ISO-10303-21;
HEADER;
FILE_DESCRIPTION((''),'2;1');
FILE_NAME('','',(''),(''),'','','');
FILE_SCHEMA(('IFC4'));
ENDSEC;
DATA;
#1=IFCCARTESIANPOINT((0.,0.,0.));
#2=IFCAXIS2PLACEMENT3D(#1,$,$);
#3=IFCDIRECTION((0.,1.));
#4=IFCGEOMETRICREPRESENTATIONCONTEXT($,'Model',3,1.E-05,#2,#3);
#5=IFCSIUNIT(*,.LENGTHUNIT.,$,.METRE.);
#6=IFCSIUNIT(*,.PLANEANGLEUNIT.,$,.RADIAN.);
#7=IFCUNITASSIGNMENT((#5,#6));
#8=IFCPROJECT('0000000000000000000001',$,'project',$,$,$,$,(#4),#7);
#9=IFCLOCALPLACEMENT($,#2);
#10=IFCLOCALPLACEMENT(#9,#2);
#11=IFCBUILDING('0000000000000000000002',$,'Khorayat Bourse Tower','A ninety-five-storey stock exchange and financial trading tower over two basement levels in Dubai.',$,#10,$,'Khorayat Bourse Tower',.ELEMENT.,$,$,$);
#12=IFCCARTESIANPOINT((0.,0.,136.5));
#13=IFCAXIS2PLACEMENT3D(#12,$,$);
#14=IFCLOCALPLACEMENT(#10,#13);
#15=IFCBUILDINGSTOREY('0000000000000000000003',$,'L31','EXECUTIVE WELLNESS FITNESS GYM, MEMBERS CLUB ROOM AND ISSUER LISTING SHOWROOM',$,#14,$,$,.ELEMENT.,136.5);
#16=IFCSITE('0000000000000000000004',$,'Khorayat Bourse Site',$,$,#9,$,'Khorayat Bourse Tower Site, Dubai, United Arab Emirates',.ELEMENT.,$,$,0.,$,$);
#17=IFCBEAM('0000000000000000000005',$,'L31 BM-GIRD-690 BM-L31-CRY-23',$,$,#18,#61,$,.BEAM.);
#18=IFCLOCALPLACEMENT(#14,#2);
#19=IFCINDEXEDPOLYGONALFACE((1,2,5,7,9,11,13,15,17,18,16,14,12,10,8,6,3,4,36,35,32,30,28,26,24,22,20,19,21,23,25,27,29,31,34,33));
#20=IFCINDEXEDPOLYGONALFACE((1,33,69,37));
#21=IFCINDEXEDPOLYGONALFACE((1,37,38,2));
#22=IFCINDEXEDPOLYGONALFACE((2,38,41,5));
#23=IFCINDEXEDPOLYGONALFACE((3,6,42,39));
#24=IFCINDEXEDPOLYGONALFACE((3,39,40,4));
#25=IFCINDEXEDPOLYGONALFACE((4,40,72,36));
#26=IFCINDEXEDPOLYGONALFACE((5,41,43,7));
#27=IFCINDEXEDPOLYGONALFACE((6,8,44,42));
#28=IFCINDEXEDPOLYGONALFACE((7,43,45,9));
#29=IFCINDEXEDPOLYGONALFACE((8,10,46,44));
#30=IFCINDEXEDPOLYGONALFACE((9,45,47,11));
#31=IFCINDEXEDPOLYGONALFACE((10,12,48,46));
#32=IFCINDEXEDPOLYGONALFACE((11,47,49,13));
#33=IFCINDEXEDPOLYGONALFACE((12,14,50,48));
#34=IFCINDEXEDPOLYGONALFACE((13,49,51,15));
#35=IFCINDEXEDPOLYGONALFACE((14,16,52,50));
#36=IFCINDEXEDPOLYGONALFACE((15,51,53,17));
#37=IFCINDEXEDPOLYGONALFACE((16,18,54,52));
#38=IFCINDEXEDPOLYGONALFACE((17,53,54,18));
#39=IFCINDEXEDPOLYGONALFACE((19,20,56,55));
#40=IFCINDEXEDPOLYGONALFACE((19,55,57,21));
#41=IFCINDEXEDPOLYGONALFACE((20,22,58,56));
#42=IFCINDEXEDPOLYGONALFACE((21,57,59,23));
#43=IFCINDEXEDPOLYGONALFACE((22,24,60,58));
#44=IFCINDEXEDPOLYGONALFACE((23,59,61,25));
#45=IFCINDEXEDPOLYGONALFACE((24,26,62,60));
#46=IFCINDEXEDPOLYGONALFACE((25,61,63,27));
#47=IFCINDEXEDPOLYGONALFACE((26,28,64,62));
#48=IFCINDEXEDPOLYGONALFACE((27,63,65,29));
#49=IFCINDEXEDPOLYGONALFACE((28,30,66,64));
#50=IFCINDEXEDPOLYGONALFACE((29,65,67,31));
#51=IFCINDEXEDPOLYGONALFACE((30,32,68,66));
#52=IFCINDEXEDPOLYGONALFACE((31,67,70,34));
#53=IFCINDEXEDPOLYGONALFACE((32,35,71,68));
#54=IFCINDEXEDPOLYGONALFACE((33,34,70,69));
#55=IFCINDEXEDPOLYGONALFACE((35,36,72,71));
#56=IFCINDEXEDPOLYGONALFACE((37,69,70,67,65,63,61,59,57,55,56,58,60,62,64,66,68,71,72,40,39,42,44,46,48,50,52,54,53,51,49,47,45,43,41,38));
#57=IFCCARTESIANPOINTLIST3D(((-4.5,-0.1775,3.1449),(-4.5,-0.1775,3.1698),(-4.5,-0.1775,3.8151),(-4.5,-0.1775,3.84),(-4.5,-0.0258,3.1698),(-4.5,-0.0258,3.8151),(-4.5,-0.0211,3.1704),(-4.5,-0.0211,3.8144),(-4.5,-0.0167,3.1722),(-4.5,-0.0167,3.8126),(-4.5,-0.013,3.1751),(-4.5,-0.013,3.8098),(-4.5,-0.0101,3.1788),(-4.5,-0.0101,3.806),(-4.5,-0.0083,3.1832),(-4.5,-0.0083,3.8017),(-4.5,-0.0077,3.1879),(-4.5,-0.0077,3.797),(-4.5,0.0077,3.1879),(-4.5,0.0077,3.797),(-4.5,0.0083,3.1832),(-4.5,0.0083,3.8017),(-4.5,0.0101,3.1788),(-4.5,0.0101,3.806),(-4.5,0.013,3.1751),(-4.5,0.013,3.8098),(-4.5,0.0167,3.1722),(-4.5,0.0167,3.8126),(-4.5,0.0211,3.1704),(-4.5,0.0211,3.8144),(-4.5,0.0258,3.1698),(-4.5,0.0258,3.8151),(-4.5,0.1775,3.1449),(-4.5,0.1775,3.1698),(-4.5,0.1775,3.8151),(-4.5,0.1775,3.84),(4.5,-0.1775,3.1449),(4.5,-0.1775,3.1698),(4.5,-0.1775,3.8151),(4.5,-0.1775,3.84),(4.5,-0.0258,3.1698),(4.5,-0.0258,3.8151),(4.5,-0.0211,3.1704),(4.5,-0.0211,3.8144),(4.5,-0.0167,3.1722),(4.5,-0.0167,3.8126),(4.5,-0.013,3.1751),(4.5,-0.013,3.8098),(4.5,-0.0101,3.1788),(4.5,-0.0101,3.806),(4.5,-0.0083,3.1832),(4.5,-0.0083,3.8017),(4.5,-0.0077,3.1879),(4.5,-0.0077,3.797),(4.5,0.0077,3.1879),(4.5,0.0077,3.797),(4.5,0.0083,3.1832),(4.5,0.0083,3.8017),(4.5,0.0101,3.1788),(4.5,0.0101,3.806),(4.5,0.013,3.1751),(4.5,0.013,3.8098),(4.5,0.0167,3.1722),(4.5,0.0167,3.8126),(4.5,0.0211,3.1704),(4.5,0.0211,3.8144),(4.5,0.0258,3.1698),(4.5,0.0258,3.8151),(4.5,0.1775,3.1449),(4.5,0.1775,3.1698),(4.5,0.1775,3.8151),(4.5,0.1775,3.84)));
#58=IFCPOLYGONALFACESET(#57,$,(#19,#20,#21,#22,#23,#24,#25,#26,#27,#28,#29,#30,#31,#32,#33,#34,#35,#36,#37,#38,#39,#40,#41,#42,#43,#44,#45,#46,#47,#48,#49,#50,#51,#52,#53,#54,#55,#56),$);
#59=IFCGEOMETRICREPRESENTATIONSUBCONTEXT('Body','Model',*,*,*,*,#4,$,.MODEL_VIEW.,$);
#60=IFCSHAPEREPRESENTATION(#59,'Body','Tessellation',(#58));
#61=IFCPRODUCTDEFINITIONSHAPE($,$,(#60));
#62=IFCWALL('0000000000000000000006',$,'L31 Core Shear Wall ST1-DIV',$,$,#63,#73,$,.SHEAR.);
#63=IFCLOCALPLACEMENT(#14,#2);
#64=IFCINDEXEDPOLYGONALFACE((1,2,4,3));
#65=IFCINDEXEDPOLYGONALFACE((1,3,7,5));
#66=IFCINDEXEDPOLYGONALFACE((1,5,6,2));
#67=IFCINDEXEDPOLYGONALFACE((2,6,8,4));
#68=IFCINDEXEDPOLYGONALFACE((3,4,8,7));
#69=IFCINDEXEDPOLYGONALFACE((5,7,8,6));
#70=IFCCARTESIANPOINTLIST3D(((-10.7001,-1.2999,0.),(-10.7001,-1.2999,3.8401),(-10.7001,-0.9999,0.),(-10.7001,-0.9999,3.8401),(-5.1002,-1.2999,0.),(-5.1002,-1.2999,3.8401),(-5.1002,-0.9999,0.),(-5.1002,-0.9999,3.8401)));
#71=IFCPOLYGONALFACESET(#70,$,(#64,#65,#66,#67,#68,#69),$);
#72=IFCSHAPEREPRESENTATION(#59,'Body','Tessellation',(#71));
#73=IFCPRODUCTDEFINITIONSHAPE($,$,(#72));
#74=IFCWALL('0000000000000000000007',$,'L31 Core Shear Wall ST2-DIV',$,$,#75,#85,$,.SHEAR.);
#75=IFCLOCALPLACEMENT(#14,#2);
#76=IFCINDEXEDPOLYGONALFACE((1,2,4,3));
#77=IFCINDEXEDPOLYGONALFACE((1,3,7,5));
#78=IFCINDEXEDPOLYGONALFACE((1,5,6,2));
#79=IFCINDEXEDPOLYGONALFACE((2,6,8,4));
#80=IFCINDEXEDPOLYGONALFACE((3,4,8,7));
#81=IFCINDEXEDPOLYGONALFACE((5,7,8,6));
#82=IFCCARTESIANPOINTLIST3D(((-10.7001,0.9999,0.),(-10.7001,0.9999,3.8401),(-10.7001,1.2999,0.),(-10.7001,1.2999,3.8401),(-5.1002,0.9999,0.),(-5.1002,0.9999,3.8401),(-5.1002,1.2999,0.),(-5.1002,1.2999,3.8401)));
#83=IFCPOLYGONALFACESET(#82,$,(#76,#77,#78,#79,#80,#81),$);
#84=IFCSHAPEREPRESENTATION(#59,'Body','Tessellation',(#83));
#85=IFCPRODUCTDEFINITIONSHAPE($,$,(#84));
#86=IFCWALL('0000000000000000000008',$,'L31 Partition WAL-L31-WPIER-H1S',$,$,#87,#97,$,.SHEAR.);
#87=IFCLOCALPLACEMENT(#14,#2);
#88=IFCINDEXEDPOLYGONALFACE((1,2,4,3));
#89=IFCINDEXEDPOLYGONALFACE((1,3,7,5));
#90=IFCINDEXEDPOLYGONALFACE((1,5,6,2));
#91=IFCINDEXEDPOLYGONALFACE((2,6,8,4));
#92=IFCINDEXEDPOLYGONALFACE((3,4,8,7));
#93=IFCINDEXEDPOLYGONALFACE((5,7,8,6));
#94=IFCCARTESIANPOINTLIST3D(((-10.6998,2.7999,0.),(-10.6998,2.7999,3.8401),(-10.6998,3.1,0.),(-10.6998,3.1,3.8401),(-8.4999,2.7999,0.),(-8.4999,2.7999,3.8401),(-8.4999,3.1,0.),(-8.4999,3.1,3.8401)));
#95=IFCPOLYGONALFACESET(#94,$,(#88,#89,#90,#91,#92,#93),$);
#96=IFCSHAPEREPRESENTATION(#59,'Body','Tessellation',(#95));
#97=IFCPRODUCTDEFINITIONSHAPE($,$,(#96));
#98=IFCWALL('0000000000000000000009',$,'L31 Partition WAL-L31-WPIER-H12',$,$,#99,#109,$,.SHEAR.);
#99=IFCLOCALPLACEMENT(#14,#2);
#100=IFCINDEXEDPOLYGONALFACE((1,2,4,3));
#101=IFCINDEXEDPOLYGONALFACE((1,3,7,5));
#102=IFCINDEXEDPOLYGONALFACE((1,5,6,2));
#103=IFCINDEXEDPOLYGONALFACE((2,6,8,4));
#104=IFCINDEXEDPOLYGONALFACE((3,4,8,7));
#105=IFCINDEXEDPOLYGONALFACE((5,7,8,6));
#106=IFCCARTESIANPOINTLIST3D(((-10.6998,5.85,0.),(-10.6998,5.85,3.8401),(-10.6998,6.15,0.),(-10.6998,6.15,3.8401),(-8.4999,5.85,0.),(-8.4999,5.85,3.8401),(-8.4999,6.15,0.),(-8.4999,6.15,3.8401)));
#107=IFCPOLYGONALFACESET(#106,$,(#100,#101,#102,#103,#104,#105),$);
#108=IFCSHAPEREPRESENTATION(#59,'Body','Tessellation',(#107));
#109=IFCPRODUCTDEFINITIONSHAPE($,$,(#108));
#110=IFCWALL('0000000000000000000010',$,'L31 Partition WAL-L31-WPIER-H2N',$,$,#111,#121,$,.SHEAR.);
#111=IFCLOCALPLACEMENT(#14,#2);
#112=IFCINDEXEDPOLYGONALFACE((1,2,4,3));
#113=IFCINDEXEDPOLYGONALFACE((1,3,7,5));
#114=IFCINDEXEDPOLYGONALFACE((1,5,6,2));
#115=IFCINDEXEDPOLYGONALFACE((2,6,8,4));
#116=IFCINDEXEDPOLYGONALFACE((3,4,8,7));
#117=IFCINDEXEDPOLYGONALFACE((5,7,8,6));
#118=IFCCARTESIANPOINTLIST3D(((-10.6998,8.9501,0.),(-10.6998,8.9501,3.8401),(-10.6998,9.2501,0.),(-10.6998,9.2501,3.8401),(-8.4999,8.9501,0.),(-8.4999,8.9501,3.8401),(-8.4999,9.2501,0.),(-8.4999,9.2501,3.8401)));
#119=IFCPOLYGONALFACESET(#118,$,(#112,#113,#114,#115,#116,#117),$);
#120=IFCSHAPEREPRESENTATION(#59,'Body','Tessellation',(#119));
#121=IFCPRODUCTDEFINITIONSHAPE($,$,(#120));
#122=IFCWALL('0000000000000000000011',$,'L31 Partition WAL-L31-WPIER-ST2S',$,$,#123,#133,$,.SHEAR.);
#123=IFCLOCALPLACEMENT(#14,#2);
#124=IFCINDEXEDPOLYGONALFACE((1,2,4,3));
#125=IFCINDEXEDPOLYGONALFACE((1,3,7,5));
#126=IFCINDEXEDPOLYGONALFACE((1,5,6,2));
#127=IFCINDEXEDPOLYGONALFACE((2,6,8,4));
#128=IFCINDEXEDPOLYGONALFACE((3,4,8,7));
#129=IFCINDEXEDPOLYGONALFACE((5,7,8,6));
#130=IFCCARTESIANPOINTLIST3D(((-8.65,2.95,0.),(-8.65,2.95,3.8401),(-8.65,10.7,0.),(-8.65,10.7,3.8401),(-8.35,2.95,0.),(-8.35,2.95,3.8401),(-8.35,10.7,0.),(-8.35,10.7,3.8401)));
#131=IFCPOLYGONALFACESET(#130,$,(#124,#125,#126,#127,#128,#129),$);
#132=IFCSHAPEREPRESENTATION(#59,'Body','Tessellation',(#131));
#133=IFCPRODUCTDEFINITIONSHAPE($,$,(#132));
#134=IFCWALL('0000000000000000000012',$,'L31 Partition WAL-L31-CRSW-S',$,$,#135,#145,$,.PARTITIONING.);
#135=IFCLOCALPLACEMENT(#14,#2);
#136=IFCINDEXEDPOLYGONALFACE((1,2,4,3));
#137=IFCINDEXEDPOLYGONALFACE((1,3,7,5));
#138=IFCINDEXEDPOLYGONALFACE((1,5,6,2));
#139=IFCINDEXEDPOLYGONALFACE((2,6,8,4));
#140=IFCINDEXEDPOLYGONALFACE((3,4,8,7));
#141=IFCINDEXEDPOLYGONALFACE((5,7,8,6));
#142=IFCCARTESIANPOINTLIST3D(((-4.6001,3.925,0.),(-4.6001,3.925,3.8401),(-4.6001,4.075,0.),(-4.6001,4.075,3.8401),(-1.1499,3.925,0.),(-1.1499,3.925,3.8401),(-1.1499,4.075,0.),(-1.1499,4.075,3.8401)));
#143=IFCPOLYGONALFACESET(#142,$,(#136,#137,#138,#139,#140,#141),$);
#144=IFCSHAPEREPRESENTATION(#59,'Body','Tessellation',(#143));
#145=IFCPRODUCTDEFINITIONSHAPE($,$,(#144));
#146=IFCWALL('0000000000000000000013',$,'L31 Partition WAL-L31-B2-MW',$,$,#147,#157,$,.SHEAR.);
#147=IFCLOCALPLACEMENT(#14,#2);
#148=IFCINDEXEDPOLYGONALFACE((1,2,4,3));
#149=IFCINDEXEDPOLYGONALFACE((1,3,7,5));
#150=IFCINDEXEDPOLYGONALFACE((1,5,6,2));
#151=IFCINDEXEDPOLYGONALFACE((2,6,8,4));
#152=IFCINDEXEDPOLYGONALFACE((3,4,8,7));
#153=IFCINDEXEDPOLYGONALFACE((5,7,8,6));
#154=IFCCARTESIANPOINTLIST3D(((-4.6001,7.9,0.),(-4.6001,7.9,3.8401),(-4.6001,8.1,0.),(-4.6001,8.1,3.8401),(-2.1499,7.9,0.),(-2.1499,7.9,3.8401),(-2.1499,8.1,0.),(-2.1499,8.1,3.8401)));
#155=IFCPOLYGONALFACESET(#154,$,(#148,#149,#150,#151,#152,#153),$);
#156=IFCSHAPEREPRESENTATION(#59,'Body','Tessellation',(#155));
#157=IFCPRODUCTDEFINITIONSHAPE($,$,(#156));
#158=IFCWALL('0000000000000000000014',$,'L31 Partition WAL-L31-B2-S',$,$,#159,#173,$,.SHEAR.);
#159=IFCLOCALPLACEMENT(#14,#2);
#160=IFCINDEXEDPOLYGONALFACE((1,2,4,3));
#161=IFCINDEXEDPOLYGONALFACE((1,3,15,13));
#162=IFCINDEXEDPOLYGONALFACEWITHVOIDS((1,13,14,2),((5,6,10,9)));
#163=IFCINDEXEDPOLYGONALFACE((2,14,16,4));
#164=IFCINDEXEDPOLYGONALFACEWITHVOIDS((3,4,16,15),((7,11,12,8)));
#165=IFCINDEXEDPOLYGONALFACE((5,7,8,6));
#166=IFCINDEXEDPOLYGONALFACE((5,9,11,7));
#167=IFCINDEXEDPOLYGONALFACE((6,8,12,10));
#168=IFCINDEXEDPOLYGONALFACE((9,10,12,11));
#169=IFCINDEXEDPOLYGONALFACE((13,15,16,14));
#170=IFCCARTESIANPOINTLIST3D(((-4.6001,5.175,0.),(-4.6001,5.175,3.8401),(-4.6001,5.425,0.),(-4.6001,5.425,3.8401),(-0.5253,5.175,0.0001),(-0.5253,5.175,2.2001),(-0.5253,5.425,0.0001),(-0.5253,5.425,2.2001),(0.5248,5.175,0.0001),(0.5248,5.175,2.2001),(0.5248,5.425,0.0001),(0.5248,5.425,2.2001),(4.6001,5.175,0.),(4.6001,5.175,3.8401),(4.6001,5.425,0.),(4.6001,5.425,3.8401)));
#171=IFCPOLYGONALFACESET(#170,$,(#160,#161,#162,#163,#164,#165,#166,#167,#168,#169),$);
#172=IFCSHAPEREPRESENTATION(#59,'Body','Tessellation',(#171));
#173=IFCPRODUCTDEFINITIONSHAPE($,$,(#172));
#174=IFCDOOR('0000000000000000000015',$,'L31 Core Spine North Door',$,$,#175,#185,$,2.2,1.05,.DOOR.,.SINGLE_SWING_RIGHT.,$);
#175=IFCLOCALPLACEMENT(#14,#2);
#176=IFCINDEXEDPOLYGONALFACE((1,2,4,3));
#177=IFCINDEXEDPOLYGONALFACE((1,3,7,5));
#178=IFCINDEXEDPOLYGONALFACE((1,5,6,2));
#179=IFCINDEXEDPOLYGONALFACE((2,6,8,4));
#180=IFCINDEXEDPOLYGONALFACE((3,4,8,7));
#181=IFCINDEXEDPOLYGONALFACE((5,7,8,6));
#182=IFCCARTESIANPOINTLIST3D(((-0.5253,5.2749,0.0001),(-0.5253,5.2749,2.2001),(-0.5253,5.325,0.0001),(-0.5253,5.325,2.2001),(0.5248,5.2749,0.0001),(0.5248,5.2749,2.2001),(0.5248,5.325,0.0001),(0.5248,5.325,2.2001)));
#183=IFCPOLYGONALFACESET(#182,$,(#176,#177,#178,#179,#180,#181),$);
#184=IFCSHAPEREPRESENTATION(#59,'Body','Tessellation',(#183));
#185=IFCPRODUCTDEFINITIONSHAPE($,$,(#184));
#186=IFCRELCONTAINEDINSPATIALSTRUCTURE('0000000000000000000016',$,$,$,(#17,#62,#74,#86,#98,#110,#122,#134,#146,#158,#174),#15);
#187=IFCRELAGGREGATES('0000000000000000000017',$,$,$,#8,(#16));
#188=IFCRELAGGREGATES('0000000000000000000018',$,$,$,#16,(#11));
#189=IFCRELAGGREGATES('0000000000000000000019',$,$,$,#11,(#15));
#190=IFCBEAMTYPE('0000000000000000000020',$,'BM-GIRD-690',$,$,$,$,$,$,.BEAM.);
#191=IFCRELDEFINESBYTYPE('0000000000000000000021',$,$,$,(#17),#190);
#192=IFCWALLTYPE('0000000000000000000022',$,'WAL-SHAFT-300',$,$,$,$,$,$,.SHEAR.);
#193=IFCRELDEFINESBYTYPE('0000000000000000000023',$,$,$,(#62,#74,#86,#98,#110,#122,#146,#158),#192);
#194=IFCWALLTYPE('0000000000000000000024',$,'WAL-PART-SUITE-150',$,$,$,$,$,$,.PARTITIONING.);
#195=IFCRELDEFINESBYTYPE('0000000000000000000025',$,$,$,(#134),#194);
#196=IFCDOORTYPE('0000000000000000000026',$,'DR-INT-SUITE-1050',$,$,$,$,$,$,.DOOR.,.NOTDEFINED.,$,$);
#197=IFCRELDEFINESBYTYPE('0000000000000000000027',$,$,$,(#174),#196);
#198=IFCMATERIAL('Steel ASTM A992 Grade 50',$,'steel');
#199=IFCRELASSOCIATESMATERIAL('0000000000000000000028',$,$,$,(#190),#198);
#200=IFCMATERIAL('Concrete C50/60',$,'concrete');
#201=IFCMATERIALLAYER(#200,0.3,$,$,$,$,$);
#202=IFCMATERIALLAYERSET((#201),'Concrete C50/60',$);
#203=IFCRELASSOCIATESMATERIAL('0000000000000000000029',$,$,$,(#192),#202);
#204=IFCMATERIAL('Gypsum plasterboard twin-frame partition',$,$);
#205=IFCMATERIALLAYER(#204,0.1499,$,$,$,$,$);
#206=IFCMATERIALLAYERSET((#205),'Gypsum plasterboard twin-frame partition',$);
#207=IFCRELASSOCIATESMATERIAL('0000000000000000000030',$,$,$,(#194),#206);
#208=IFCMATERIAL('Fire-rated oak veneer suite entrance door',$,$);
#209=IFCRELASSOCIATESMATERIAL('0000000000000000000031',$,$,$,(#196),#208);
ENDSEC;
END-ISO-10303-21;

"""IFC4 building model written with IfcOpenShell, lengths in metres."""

from ifc_helpers import new_model, si_unit, direction, frame, frame_2d, origin, origin_2d, place, context, subcontext, project, spatial, rectangle, i_section, extrude, source, transform, mapped, material, layer, layer_set, material_profile, profile_set, type_object, element, fill, save


model = new_model("IFC4")

# Units and contexts
model_context = context("Model", 3, precision=1e-05, world=origin(), true_north=direction((0.0, 1.0)))
body_context = subcontext(model_context, "Body", "Model", "MODEL_VIEW")
ifc_project = project(units=[si_unit("LENGTHUNIT", "METRE"), si_unit("PLANEANGLEUNIT", "RADIAN")], contexts=[model_context])

# Site, building, storey
site_placement = place(None, origin())
site = spatial("IfcSite", under=ifc_project, at=site_placement, Name="Khorayat Bourse Site", LongName="Khorayat Bourse Tower Site, Dubai, United Arab Emirates", CompositionType="ELEMENT", RefElevation=0.0)
building_placement = place(site_placement, origin())
building = spatial("IfcBuilding", under=site, at=building_placement, Name="Khorayat Bourse Tower", Description="A ninety-five-storey stock exchange and financial trading tower over two basement levels in Dubai.", LongName="Khorayat Bourse Tower", CompositionType="ELEMENT")
storey_placement = place(building_placement, frame((0.0, 0.0, 136.5)))
storey = spatial("IfcBuildingStorey", under=building, at=storey_placement, Name="L31", Description="EXECUTIVE WELLNESS FITNESS GYM, MEMBERS CLUB ROOM AND ISSUER LISTING SHOWROOM", CompositionType="ELEMENT", Elevation=136.5)

# Beam
ifc_material_1 = material(Name="Steel ASTM A992 Grade 50", Category="steel")
ifc_material_profile_1 = material_profile(ifc_material_1, i_section(OverallWidth=0.355, OverallDepth=0.6951, WebThickness=0.0154, FlangeThickness=0.0249, FilletRadius=0.0181, at=origin_2d()), Name="W690X217")
ifc_profile_set_1 = profile_set([ifc_material_profile_1], Name="Steel ASTM A992 Grade 50")
beam_type_1 = type_object("IfcBeamType", Name="BM-GIRD-690", PredefinedType="BEAM", material=ifc_profile_set_1)
shared_shape_1 = source(origin(), body_context, "Body", "SweptSolid", [
    extrude(i_section(OverallWidth=0.355, OverallDepth=0.6951, WebThickness=0.0154, FlangeThickness=0.0249, FilletRadius=0.0181, at=origin_2d()), origin(), (0.0, 0.0, 1.0), 9.0),
])
beam_1_placement = place(storey_placement, frame((-4.5, 0.0, 3.4924), z_axis=(1.0, 0.0, 0.0), x_axis=(0.0, 1.0, 0.0)))
element("IfcBeam", 1, at=beam_1_placement, inside=storey, type_object=beam_type_1, Name="L31 BM-GIRD-690 BM-L31-CRY-23", PredefinedType="BEAM", context=body_context, shape_type="MappedRepresentation", body=[
    mapped(shared_shape_1, transform((0.0, 0.0, 0.0), scale=1.0)),
])

# Walls
ifc_material_2 = material(Name="Concrete C50/60", Category="concrete")
ifc_layer_1 = layer(ifc_material_2, 0.3)
ifc_layer_set_1 = layer_set([ifc_layer_1], Name="Concrete C50/60")
wall_type_1 = type_object("IfcWallType", Name="WAL-SHAFT-300", PredefinedType="SHEAR", material=ifc_layer_set_1)
shared_shape_2 = source(origin(), body_context, "Body", "SweptSolid", [
    extrude(rectangle(XDim=5.5999, YDim=0.3, at=frame_2d((2.7998, 0.0))), origin(), (0.0, 0.0, 1.0), 3.8401),
])
for number, where, z_axis, x_axis, name in (
    (2, (-10.7, -1.1499, 0.0), (0.0, 0.0, 1.0), (1.0, 0.0, 0.0), "L31 Core Shear Wall ST1-DIV"),
    (3, (-10.7, 1.1499, 0.0), (0.0, 0.0, 1.0), (1.0, 0.0, 0.0), "L31 Core Shear Wall ST2-DIV"),
):
    element("IfcWall", number, at=place(storey_placement, frame(where, z_axis=z_axis, x_axis=x_axis)), inside=storey, type_object=wall_type_1, Name=name, PredefinedType="SHEAR", context=body_context, shape_type="MappedRepresentation", body=[
        mapped(shared_shape_2, transform((0.0, 0.0, 0.0), scale=1.0)),
    ])
shared_shape_3 = source(origin(), body_context, "Body", "SweptSolid", [
    extrude(rectangle(XDim=2.2, YDim=0.3, at=frame_2d((1.1001, 0.0))), origin(), (0.0, 0.0, 1.0), 3.8401),
])
for number, where, z_axis, x_axis, name in (
    (4, (-10.7, 2.95, 0.0), (0.0, 0.0, 1.0), (1.0, 0.0, 0.0), "L31 Partition WAL-L31-WPIER-H1S"),
    (5, (-10.7, 6.0, 0.0), (0.0, 0.0, 1.0), (1.0, 0.0, 0.0), "L31 Partition WAL-L31-WPIER-H12"),
    (6, (-10.7, 9.1001, 0.0), (0.0, 0.0, 1.0), (1.0, 0.0, 0.0), "L31 Partition WAL-L31-WPIER-H2N"),
):
    element("IfcWall", number, at=place(storey_placement, frame(where, z_axis=z_axis, x_axis=x_axis)), inside=storey, type_object=wall_type_1, Name=name, PredefinedType="SHEAR", context=body_context, shape_type="MappedRepresentation", body=[
        mapped(shared_shape_3, transform((0.0, 0.0, 0.0), scale=1.0)),
    ])
shared_shape_4 = source(origin(), body_context, "Body", "SweptSolid", [
    extrude(rectangle(XDim=7.75, YDim=0.3, at=frame_2d((3.875, 0.0))), origin(), (0.0, 0.0, 1.0), 3.8401),
])
wall_1_placement = place(storey_placement, frame((-8.5, 2.95, 0.0), z_axis=(0.0, 0.0, 1.0), x_axis=(0.0, 1.0, 0.0)))
element("IfcWall", 7, at=wall_1_placement, inside=storey, type_object=wall_type_1, Name="L31 Partition WAL-L31-WPIER-ST2S", PredefinedType="SHEAR", context=body_context, shape_type="MappedRepresentation", body=[
    mapped(shared_shape_4, transform((0.0, 0.0, 0.0), scale=1.0)),
])
ifc_material_3 = material(Name="Gypsum plasterboard twin-frame partition")
ifc_layer_2 = layer(ifc_material_3, 0.1499)
ifc_layer_set_2 = layer_set([ifc_layer_2], Name="Gypsum plasterboard twin-frame partition")
wall_type_2 = type_object("IfcWallType", Name="WAL-PART-SUITE-150", PredefinedType="PARTITIONING", material=ifc_layer_set_2)
shared_shape_5 = source(origin(), body_context, "Body", "SweptSolid", [
    extrude(rectangle(XDim=3.4502, YDim=0.1499, at=frame_2d((1.7251, 0.0))), origin(), (0.0, 0.0, 1.0), 3.8401),
])
wall_2_placement = place(storey_placement, frame((-4.6001, 4.0, 0.0), z_axis=(0.0, 0.0, 1.0), x_axis=(1.0, 0.0, 0.0)))
element("IfcWall", 8, at=wall_2_placement, inside=storey, type_object=wall_type_2, Name="L31 Partition WAL-L31-CRSW-S", PredefinedType="PARTITIONING", context=body_context, shape_type="MappedRepresentation", body=[
    mapped(shared_shape_5, transform((0.0, 0.0, 0.0), scale=1.0)),
])
shared_shape_6 = source(origin(), body_context, "Body", "SweptSolid", [
    extrude(rectangle(XDim=2.4502, YDim=0.2, at=frame_2d((1.2251, 0.0))), origin(), (0.0, 0.0, 1.0), 3.8401),
])
wall_3_placement = place(storey_placement, frame((-4.6001, 8.0, 0.0), z_axis=(0.0, 0.0, 1.0), x_axis=(1.0, 0.0, 0.0)))
element("IfcWall", 9, at=wall_3_placement, inside=storey, type_object=wall_type_1, Name="L31 Partition WAL-L31-B2-MW", PredefinedType="SHEAR", context=body_context, shape_type="MappedRepresentation", body=[
    mapped(shared_shape_6, transform((0.0, 0.0, 0.0), scale=1.0)),
])

# Wall, opening, door
shared_shape_7 = source(origin(), body_context, "Body", "SweptSolid", [
    extrude(rectangle(XDim=9.2002, YDim=0.25, at=frame_2d((4.6001, 0.0))), origin(), (0.0, 0.0, 1.0), 3.8401),
])
wall_4_placement = place(storey_placement, frame((-4.6001, 5.3, 0.0), z_axis=(0.0, 0.0, 1.0), x_axis=(1.0, 0.0, 0.0)))
wall_4 = element("IfcWall", 10, at=wall_4_placement, inside=storey, type_object=wall_type_1, Name="L31 Partition WAL-L31-B2-S", PredefinedType="SHEAR", context=body_context, shape_type="MappedRepresentation", body=[
    mapped(shared_shape_7, transform((0.0, 0.0, 0.0), scale=1.0)),
])
shared_shape_8 = source(origin(), body_context, "Body", "SweptSolid", [
    extrude(rectangle(XDim=1.05, YDim=2.2, at=frame_2d((0.5249, 1.1001))), frame((0.0, 0.135, 0.0), z_axis=(0.0, -1.0, 0.0), x_axis=(1.0, 0.0, 0.0)), (0.0, 0.0, 1.0), 0.27),
])
opening_placement = place(wall_4_placement, frame((4.075, 0.0, 0.0)))
opening = element("IfcOpeningElement", 11, at=opening_placement, cuts=wall_4, PredefinedType="OPENING", context=body_context, shape_type="MappedRepresentation", body=[
    mapped(shared_shape_8, transform((0.0, 0.0, 0.0), scale=1.0)),
])
ifc_material_4 = material(Name="Fire-rated oak veneer suite entrance door")
door_type = type_object("IfcDoorType", Name="DR-INT-SUITE-1050", OperationType="NOTDEFINED", PredefinedType="DOOR", material=ifc_material_4)
shared_shape_9 = source(origin(), body_context, "Body", "SweptSolid", [
    extrude(rectangle(XDim=1.05, YDim=2.2, at=frame_2d((0.5249, 1.1001))), frame((0.0, 0.0249, 0.0), z_axis=(0.0, -1.0, 0.0), x_axis=(1.0, 0.0, 0.0)), (0.0, 0.0, 1.0), 0.05),
])
door_placement = place(opening_placement, origin())
door = element("IfcDoor", 12, at=door_placement, inside=storey, type_object=door_type, Name="L31 Core Spine North Door", OperationType="SINGLE_SWING_RIGHT", OverallHeight=2.2, OverallWidth=1.05, PredefinedType="DOOR", context=body_context, shape_type="MappedRepresentation", body=[
    mapped(shared_shape_9, transform((0.0, 0.0, 0.0), scale=1.0)),
])
fill(opening, door)

save(model, "model.ifc")
